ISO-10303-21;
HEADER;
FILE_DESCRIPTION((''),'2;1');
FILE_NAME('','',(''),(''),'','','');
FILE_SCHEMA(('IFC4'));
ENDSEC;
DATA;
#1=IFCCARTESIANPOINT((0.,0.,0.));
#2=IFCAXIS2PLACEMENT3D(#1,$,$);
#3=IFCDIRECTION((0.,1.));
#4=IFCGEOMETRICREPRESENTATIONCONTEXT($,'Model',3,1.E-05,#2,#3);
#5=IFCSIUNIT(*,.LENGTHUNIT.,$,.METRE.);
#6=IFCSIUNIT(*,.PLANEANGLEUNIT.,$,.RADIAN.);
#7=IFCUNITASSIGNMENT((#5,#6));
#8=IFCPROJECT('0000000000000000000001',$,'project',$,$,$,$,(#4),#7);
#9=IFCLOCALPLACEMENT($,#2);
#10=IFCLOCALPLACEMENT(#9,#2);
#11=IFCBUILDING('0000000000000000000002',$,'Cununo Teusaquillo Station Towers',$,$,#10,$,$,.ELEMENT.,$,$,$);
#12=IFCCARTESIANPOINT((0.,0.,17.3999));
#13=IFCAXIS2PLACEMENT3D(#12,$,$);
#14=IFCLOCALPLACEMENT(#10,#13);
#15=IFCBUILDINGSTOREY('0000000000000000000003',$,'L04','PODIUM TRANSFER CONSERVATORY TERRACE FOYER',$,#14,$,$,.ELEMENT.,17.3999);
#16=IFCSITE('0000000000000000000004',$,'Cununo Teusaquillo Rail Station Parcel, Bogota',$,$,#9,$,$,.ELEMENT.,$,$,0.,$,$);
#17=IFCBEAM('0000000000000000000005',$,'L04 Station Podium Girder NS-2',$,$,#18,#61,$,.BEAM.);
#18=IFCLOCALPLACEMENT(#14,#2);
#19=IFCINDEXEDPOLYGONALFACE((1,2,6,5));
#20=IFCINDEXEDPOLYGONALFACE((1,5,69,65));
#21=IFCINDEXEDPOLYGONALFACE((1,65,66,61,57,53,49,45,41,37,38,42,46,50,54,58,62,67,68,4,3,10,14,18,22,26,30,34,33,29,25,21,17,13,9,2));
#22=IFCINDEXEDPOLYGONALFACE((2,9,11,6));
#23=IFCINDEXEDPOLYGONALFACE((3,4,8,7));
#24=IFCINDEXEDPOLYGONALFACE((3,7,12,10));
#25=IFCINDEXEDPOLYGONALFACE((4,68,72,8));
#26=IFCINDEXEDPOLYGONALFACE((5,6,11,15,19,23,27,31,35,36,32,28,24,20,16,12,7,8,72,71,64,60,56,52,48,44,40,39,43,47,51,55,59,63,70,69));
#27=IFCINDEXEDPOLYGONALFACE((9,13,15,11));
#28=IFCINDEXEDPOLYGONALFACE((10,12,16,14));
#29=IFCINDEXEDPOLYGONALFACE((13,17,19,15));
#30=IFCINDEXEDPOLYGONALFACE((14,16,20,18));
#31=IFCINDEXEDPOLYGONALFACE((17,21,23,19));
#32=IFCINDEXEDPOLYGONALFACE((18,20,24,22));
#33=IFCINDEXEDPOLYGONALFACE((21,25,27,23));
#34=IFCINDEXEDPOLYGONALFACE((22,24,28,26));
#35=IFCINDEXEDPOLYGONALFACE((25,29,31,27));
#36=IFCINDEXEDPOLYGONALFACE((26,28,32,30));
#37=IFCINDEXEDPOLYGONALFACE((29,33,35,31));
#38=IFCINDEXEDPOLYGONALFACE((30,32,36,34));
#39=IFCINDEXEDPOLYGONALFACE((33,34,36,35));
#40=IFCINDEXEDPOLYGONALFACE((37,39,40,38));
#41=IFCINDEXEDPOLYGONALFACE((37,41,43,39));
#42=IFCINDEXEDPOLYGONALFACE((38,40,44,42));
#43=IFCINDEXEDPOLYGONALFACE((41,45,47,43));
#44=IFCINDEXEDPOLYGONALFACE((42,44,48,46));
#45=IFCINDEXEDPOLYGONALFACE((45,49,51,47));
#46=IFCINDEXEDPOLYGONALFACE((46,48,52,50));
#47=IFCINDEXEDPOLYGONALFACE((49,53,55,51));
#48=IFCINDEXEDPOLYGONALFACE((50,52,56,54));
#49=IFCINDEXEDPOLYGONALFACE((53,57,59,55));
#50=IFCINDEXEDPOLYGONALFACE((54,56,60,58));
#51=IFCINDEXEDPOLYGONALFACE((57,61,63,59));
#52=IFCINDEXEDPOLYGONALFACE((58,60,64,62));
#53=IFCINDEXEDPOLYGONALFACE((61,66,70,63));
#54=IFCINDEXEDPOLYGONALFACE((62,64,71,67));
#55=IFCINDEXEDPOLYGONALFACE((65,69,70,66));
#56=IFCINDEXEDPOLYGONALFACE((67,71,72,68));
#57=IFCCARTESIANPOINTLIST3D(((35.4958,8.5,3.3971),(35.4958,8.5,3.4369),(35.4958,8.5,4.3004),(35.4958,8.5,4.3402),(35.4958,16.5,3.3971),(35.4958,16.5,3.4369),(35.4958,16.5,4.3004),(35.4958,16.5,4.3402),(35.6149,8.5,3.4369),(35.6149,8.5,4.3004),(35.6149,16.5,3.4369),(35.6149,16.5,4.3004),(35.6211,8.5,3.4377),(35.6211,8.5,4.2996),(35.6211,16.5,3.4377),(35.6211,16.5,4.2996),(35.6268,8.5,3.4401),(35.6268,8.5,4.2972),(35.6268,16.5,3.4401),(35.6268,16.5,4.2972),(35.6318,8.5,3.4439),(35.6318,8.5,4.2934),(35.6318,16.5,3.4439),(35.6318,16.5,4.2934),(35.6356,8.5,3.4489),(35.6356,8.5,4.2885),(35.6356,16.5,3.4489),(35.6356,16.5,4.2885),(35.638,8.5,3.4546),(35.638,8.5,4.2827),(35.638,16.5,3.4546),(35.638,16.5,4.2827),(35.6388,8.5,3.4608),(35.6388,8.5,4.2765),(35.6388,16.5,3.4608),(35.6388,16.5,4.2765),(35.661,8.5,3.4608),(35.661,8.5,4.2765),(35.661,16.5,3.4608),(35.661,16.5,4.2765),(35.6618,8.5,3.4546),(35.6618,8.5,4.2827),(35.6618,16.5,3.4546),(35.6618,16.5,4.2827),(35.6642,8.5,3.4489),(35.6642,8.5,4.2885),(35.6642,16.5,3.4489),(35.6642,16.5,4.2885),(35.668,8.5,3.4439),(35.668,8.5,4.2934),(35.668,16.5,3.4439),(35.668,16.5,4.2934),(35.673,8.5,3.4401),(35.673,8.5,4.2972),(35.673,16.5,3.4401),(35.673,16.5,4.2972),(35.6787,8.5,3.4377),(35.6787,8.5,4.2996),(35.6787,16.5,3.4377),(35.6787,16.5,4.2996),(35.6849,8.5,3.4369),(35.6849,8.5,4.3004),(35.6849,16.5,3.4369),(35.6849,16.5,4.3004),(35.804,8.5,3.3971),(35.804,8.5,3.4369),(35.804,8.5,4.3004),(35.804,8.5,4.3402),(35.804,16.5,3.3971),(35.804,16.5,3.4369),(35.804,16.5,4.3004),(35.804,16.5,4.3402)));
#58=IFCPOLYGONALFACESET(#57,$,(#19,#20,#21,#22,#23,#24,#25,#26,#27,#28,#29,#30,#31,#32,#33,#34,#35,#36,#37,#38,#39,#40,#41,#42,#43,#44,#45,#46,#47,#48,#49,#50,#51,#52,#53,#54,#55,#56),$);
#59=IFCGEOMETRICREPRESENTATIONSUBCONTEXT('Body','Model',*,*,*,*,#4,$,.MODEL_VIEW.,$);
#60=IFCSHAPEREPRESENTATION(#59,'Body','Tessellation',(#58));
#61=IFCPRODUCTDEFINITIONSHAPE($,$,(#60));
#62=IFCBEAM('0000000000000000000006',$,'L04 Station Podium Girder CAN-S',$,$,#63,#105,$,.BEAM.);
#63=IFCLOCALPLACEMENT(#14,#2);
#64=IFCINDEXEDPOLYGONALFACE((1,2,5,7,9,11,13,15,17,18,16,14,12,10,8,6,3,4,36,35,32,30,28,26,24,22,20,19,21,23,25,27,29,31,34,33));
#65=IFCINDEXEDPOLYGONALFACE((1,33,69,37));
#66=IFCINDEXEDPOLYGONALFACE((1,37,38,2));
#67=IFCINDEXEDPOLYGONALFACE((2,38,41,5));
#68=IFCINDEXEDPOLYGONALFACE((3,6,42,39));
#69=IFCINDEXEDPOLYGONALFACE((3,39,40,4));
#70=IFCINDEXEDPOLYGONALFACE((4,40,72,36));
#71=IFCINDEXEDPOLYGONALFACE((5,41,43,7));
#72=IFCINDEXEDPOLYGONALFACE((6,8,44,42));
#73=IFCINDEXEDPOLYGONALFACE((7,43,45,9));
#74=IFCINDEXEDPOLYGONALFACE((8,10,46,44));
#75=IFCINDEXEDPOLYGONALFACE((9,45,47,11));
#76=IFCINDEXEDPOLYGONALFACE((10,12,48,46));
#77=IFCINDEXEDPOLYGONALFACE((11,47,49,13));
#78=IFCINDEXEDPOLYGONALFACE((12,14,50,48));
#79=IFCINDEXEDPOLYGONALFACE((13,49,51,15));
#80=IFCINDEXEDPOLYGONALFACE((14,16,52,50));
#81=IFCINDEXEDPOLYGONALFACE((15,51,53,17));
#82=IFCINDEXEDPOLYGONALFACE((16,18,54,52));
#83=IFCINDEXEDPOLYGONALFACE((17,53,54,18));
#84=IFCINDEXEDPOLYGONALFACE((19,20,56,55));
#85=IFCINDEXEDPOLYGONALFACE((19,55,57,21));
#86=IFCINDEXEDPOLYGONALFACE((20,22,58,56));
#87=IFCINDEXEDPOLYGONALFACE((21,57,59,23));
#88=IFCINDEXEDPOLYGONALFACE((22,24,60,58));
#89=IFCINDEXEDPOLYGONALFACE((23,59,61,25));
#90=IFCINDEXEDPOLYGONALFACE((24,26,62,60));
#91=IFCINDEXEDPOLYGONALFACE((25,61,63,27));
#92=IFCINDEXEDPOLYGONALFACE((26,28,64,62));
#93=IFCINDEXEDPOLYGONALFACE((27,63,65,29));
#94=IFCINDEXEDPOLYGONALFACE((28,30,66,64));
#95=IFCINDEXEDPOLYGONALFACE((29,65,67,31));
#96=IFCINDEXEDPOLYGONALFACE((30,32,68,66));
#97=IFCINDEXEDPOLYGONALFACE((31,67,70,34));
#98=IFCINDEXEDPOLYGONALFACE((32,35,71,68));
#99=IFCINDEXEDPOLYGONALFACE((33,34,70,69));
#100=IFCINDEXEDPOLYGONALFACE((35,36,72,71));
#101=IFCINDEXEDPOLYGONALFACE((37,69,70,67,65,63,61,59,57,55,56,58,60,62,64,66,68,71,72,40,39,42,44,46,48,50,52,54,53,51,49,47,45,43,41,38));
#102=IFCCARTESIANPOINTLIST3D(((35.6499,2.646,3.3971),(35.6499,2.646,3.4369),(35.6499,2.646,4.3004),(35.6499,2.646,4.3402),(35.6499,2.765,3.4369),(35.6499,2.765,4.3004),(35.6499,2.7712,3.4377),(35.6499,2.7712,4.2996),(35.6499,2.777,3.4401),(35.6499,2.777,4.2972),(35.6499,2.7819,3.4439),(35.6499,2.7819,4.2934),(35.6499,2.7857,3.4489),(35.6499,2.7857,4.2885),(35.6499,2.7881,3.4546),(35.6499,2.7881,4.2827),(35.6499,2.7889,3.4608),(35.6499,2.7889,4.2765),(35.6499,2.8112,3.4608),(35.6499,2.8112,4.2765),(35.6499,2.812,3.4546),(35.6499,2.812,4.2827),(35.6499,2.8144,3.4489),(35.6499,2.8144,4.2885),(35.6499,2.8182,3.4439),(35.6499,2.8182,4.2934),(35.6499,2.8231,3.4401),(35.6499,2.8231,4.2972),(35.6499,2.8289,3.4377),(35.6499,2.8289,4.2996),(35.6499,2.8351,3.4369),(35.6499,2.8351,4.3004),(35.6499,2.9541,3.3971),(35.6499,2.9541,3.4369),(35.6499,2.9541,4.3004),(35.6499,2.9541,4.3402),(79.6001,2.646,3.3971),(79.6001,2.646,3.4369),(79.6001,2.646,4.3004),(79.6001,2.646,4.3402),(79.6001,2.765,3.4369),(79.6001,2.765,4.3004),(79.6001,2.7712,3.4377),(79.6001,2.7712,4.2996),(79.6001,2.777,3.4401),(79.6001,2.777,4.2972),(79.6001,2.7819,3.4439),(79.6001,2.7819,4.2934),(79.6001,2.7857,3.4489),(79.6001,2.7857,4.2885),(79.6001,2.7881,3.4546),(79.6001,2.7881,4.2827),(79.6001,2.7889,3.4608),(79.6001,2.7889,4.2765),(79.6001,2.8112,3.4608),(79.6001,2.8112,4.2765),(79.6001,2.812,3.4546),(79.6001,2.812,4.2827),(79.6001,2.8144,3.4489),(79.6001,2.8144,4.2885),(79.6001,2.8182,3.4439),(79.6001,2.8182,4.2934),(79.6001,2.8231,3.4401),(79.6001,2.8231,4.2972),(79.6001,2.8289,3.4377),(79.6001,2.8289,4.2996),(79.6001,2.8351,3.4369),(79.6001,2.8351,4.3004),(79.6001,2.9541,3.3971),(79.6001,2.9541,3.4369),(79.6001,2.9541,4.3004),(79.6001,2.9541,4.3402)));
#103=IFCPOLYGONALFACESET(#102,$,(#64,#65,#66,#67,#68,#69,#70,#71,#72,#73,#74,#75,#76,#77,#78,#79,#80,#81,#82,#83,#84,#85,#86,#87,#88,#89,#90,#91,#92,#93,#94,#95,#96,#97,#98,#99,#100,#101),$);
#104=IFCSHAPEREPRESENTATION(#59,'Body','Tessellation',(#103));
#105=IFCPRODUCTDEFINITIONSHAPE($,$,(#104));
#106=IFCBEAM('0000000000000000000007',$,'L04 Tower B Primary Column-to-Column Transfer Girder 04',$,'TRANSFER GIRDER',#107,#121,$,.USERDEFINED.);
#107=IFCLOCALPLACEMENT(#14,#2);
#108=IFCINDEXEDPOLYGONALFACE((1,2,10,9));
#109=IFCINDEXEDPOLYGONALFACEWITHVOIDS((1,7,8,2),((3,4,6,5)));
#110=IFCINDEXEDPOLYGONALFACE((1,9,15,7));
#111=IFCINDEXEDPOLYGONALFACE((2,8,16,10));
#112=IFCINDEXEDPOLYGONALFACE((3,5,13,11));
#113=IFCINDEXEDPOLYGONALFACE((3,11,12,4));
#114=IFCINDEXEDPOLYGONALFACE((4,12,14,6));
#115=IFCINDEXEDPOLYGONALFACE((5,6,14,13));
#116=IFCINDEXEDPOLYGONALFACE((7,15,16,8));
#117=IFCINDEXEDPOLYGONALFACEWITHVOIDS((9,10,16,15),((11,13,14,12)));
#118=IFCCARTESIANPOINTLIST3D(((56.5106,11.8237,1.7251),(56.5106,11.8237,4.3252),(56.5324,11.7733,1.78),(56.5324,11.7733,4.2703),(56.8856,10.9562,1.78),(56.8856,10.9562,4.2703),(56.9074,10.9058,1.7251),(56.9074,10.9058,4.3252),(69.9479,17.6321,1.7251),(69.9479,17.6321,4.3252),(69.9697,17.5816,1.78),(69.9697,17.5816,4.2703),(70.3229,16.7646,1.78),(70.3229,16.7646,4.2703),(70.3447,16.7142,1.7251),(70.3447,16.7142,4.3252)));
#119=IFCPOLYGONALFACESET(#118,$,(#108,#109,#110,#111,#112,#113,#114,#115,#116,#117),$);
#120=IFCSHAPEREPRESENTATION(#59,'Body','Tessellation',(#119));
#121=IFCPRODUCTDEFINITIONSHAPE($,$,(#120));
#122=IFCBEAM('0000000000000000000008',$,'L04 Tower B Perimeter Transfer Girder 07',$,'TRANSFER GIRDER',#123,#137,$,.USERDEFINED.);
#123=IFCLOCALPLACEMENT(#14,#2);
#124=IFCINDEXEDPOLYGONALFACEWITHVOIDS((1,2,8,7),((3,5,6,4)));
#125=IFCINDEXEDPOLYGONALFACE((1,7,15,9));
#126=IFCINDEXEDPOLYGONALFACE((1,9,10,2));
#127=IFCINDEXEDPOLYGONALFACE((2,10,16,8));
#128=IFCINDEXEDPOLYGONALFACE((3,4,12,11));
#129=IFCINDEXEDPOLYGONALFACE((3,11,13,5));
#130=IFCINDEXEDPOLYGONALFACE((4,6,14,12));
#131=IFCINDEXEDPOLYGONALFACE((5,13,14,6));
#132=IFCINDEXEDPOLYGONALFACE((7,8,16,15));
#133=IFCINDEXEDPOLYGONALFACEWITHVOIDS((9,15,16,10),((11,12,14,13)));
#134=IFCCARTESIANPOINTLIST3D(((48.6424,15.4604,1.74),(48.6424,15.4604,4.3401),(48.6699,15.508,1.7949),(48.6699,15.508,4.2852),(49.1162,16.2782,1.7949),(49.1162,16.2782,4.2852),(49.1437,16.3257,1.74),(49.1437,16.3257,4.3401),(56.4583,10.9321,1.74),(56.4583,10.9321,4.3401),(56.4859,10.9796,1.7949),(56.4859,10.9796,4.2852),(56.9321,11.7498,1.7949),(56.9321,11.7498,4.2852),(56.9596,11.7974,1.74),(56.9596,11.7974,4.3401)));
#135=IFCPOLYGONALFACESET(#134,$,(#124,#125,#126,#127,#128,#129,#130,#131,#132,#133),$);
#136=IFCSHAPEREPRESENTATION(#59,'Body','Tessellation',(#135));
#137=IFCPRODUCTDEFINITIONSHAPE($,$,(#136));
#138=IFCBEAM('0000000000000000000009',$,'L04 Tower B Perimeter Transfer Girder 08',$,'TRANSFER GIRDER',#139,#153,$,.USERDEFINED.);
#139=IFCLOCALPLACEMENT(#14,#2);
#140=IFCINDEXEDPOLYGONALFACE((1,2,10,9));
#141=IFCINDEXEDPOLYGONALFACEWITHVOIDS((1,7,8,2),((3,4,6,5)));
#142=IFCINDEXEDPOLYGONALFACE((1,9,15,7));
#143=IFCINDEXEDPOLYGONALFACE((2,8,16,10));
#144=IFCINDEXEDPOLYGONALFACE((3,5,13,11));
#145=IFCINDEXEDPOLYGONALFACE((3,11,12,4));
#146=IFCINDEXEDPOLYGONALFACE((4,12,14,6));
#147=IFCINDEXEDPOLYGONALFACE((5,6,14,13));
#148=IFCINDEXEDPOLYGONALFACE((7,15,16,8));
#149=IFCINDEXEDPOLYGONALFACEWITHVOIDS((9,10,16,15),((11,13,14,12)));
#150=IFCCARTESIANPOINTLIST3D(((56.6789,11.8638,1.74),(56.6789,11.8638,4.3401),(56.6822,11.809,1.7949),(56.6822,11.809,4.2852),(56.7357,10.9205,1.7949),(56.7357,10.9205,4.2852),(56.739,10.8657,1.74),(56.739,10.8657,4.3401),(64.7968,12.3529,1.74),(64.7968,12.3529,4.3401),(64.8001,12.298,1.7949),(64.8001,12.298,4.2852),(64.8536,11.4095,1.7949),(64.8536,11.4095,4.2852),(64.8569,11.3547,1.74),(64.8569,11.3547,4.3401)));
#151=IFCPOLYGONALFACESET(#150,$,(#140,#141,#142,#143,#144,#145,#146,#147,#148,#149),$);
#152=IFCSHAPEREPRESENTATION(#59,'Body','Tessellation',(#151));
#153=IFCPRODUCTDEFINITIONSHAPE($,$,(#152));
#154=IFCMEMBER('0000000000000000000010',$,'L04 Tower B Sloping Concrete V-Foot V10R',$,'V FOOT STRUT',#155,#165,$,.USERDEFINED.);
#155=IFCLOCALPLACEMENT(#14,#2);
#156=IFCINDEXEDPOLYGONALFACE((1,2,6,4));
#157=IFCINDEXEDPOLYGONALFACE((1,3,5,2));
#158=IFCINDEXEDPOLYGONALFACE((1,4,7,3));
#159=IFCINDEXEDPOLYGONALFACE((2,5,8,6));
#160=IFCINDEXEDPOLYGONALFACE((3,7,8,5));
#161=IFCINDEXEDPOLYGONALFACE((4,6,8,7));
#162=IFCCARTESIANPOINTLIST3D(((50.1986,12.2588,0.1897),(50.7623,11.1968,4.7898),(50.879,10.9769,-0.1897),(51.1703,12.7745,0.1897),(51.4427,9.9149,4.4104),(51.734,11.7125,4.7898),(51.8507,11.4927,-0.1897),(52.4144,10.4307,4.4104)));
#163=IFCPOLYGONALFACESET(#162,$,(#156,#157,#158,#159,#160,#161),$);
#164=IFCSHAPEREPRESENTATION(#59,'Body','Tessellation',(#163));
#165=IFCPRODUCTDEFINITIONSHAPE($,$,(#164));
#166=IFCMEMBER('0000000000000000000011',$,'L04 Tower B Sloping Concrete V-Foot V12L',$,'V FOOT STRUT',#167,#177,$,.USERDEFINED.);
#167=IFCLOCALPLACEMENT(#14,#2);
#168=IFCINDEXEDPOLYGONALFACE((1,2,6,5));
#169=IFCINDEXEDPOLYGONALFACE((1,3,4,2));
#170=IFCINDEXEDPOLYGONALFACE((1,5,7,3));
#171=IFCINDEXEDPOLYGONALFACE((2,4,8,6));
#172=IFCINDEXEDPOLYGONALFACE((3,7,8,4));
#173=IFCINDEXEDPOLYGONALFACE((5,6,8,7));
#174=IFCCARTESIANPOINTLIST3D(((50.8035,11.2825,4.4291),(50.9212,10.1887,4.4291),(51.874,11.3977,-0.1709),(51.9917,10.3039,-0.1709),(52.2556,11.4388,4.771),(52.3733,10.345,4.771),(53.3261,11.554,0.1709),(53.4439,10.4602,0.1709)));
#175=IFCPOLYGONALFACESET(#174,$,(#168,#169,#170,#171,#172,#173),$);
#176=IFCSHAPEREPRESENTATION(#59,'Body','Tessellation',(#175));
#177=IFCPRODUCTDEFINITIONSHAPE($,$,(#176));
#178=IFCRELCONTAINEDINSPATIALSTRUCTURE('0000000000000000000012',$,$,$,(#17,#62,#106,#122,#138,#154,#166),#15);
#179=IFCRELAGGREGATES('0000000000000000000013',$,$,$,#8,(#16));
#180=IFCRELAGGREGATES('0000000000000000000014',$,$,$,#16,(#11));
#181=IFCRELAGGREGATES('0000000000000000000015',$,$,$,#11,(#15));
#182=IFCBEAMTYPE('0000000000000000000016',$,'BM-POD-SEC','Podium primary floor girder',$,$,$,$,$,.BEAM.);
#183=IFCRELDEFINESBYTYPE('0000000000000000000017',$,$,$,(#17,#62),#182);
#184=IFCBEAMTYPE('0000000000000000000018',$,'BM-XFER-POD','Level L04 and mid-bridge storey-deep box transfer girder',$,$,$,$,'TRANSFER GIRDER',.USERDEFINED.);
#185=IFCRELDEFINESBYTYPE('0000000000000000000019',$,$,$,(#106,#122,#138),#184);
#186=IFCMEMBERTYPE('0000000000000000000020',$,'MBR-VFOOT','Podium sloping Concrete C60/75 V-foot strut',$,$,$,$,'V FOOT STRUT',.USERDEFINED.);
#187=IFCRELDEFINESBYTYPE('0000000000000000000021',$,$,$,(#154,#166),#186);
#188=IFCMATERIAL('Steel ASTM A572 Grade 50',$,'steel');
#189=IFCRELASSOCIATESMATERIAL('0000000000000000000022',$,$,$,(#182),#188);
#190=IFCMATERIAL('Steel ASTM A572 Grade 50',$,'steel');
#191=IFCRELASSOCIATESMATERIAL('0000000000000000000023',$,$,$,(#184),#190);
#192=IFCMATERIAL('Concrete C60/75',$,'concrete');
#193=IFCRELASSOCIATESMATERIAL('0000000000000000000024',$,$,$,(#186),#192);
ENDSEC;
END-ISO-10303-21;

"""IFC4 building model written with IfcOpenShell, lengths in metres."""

from ifc_helpers import new_model, si_unit, direction, frame, origin, origin_2d, place, context, subcontext, project, spatial, rectangle, hollow_rectangle, i_section, extrude, material, material_profile, profile_set, type_object, element, save


model = new_model("IFC4")

# Units and contexts
model_context = context("Model", 3, precision=1e-05, world=origin(), true_north=direction((0.0, 1.0)))
body_context = subcontext(model_context, "Body", "Model", "MODEL_VIEW")
ifc_project = project(units=[si_unit("LENGTHUNIT", "METRE"), si_unit("PLANEANGLEUNIT", "RADIAN")], contexts=[model_context])

# Site, building, storey
site_placement = place(None, origin())
site = spatial("IfcSite", under=ifc_project, at=site_placement, Name="Cununo Teusaquillo Rail Station Parcel, Bogota", CompositionType="ELEMENT", RefElevation=0.0)
building_placement = place(site_placement, origin())
building = spatial("IfcBuilding", under=site, at=building_placement, Name="Cununo Teusaquillo Station Towers", CompositionType="ELEMENT")
storey_placement = place(building_placement, frame((0.0, 0.0, 17.3999)))
storey = spatial("IfcBuildingStorey", under=building, at=storey_placement, Name="L04", Description="PODIUM TRANSFER CONSERVATORY TERRACE FOYER", CompositionType="ELEMENT", Elevation=17.3999)

# Beams
ifc_material_1 = material(Name="Steel ASTM A572 Grade 50", Category="steel")
ifc_material_profile_1 = material_profile(ifc_material_1, i_section(OverallWidth=0.3081, OverallDepth=0.9431, WebThickness=0.0222, FlangeThickness=0.0398, FilletRadius=0.0239, at=origin_2d()), Name="W36X232")
ifc_profile_set_1 = profile_set([ifc_material_profile_1], Name="Steel ASTM A572 Grade 50")
beam_type_1 = type_object("IfcBeamType", Name="BM-POD-SEC", Description="Podium primary floor girder", PredefinedType="BEAM", material=ifc_profile_set_1)
beam_1_placement = place(storey_placement, frame((35.6499, 8.5, 3.8687), z_axis=(0.0, 1.0, 0.0), x_axis=(-1.0, 0.0, 0.0)))
element("IfcBeam", 1, at=beam_1_placement, inside=storey, type_object=beam_type_1, Name="L04 Station Podium Girder NS-2", PredefinedType="BEAM", context=body_context, shape_type="SweptSolid", body=[
    extrude(i_section(OverallWidth=0.3081, OverallDepth=0.9431, WebThickness=0.0222, FlangeThickness=0.0398, FilletRadius=0.0239, at=origin_2d()), origin(), (0.0, 0.0, 1.0), 8.0),
])
beam_2_placement = place(storey_placement, frame((35.6499, 2.8, 3.8687), z_axis=(1.0, 0.0, 0.0), x_axis=(0.0, 1.0, 0.0)))
element("IfcBeam", 2, at=beam_2_placement, inside=storey, type_object=beam_type_1, Name="L04 Station Podium Girder CAN-S", PredefinedType="BEAM", context=body_context, shape_type="SweptSolid", body=[
    extrude(i_section(OverallWidth=0.3081, OverallDepth=0.9431, WebThickness=0.0222, FlangeThickness=0.0398, FilletRadius=0.0239, at=origin_2d()), origin(), (0.0, 0.0, 1.0), 43.9502),
])
ifc_material_2 = material(Name="Steel ASTM A572 Grade 50", Category="steel")
ifc_material_profile_2 = material_profile(ifc_material_2, hollow_rectangle(XDim=1.0, YDim=2.6001, WallThickness=0.0549, at=origin_2d()), Name="BOX 2600x1000x55")
ifc_profile_set_2 = profile_set([ifc_material_profile_2], Name="Steel ASTM A572 Grade 50")
beam_type_2 = type_object("IfcBeamType", Name="BM-XFER-POD", Description="Level L04 and mid-bridge storey-deep box transfer girder", ElementType="TRANSFER GIRDER", PredefinedType="USERDEFINED", material=ifc_profile_set_2)
beam_3_placement = place(storey_placement, frame((56.709, 11.3647, 3.0251), z_axis=(0.917916, 0.396776, 0.0), x_axis=(-0.396776, 0.917916, 0.0)))
element("IfcBeam", 3, at=beam_3_placement, inside=storey, type_object=beam_type_2, Name="L04 Tower B Primary Column-to-Column Transfer Girder 04", ObjectType="TRANSFER GIRDER", PredefinedType="USERDEFINED", context=body_context, shape_type="SweptSolid", body=[
    extrude(hollow_rectangle(XDim=1.0, YDim=2.6001, WallThickness=0.0549, at=origin_2d()), origin(), (0.0, 0.0, 1.0), 14.6389),
])
beam_4_placement = place(storey_placement, frame((48.8931, 15.8931, 3.04), z_axis=(0.865267, -0.501311, 0.0), x_axis=(0.501311, 0.865267, 0.0)))
element("IfcBeam", 4, at=beam_4_placement, inside=storey, type_object=beam_type_2, Name="L04 Tower B Perimeter Transfer Girder 07", ObjectType="TRANSFER GIRDER", PredefinedType="USERDEFINED", context=body_context, shape_type="SweptSolid", body=[
    extrude(hollow_rectangle(XDim=1.0, YDim=2.6001, WallThickness=0.0549, at=origin_2d()), origin(), (0.0, 0.0, 1.0), 9.033),
])
beam_5_placement = place(storey_placement, frame((56.709, 11.3647, 3.04), z_axis=(0.998191, 0.06013, 0.0), x_axis=(-0.06013, 0.998191, 0.0)))
element("IfcBeam", 5, at=beam_5_placement, inside=storey, type_object=beam_type_2, Name="L04 Tower B Perimeter Transfer Girder 08", ObjectType="TRANSFER GIRDER", PredefinedType="USERDEFINED", context=body_context, shape_type="SweptSolid", body=[
    extrude(hollow_rectangle(XDim=1.0, YDim=2.6001, WallThickness=0.0549, at=origin_2d()), origin(), (0.0, 0.0, 1.0), 8.1326),
])

# Members
ifc_material_3 = material(Name="Concrete C60/75", Category="concrete")
ifc_material_profile_3 = material_profile(ifc_material_3, rectangle(XDim=1.1001, YDim=1.5, at=origin_2d()), Name="RC-RECT-1500x1100")
ifc_profile_set_3 = profile_set([ifc_material_profile_3], Name="Concrete C60/75")
member_type = type_object("IfcMemberType", Name="MBR-VFOOT", Description="Podium sloping Concrete C60/75 V-foot strut", ElementType="V FOOT STRUT", PredefinedType="USERDEFINED", material=ifc_profile_set_3)
member_1_placement = place(storey_placement, frame((51.0247, 11.8757, 0.0), z_axis=(0.118562, -0.223363, 0.967498), x_axis=(0.883279, 0.468848, 0.0)))
element("IfcMember", 6, at=member_1_placement, inside=storey, type_object=member_type, Name="L04 Tower B Sloping Concrete V-Foot V10R", ObjectType="V FOOT STRUT", PredefinedType="USERDEFINED", context=body_context, shape_type="SweptSolid", body=[
    extrude(rectangle(XDim=1.1001, YDim=1.5, at=origin_2d()), origin(), (0.0, 0.0, 1.0), 4.7546),
])
member_2_placement = place(storey_placement, frame((52.6589, 10.929, 0.0), z_axis=(-0.2266, -0.024391, 0.973682), x_axis=(0.107021, -0.994257, 0.0)))
element("IfcMember", 7, at=member_2_placement, inside=storey, type_object=member_type, Name="L04 Tower B Sloping Concrete V-Foot V12L", ObjectType="V FOOT STRUT", PredefinedType="USERDEFINED", context=body_context, shape_type="SweptSolid", body=[
    extrude(rectangle(XDim=1.1001, YDim=1.5, at=origin_2d()), origin(), (0.0, 0.0, 1.0), 4.7244),
])

save(model, "model.ifc")
